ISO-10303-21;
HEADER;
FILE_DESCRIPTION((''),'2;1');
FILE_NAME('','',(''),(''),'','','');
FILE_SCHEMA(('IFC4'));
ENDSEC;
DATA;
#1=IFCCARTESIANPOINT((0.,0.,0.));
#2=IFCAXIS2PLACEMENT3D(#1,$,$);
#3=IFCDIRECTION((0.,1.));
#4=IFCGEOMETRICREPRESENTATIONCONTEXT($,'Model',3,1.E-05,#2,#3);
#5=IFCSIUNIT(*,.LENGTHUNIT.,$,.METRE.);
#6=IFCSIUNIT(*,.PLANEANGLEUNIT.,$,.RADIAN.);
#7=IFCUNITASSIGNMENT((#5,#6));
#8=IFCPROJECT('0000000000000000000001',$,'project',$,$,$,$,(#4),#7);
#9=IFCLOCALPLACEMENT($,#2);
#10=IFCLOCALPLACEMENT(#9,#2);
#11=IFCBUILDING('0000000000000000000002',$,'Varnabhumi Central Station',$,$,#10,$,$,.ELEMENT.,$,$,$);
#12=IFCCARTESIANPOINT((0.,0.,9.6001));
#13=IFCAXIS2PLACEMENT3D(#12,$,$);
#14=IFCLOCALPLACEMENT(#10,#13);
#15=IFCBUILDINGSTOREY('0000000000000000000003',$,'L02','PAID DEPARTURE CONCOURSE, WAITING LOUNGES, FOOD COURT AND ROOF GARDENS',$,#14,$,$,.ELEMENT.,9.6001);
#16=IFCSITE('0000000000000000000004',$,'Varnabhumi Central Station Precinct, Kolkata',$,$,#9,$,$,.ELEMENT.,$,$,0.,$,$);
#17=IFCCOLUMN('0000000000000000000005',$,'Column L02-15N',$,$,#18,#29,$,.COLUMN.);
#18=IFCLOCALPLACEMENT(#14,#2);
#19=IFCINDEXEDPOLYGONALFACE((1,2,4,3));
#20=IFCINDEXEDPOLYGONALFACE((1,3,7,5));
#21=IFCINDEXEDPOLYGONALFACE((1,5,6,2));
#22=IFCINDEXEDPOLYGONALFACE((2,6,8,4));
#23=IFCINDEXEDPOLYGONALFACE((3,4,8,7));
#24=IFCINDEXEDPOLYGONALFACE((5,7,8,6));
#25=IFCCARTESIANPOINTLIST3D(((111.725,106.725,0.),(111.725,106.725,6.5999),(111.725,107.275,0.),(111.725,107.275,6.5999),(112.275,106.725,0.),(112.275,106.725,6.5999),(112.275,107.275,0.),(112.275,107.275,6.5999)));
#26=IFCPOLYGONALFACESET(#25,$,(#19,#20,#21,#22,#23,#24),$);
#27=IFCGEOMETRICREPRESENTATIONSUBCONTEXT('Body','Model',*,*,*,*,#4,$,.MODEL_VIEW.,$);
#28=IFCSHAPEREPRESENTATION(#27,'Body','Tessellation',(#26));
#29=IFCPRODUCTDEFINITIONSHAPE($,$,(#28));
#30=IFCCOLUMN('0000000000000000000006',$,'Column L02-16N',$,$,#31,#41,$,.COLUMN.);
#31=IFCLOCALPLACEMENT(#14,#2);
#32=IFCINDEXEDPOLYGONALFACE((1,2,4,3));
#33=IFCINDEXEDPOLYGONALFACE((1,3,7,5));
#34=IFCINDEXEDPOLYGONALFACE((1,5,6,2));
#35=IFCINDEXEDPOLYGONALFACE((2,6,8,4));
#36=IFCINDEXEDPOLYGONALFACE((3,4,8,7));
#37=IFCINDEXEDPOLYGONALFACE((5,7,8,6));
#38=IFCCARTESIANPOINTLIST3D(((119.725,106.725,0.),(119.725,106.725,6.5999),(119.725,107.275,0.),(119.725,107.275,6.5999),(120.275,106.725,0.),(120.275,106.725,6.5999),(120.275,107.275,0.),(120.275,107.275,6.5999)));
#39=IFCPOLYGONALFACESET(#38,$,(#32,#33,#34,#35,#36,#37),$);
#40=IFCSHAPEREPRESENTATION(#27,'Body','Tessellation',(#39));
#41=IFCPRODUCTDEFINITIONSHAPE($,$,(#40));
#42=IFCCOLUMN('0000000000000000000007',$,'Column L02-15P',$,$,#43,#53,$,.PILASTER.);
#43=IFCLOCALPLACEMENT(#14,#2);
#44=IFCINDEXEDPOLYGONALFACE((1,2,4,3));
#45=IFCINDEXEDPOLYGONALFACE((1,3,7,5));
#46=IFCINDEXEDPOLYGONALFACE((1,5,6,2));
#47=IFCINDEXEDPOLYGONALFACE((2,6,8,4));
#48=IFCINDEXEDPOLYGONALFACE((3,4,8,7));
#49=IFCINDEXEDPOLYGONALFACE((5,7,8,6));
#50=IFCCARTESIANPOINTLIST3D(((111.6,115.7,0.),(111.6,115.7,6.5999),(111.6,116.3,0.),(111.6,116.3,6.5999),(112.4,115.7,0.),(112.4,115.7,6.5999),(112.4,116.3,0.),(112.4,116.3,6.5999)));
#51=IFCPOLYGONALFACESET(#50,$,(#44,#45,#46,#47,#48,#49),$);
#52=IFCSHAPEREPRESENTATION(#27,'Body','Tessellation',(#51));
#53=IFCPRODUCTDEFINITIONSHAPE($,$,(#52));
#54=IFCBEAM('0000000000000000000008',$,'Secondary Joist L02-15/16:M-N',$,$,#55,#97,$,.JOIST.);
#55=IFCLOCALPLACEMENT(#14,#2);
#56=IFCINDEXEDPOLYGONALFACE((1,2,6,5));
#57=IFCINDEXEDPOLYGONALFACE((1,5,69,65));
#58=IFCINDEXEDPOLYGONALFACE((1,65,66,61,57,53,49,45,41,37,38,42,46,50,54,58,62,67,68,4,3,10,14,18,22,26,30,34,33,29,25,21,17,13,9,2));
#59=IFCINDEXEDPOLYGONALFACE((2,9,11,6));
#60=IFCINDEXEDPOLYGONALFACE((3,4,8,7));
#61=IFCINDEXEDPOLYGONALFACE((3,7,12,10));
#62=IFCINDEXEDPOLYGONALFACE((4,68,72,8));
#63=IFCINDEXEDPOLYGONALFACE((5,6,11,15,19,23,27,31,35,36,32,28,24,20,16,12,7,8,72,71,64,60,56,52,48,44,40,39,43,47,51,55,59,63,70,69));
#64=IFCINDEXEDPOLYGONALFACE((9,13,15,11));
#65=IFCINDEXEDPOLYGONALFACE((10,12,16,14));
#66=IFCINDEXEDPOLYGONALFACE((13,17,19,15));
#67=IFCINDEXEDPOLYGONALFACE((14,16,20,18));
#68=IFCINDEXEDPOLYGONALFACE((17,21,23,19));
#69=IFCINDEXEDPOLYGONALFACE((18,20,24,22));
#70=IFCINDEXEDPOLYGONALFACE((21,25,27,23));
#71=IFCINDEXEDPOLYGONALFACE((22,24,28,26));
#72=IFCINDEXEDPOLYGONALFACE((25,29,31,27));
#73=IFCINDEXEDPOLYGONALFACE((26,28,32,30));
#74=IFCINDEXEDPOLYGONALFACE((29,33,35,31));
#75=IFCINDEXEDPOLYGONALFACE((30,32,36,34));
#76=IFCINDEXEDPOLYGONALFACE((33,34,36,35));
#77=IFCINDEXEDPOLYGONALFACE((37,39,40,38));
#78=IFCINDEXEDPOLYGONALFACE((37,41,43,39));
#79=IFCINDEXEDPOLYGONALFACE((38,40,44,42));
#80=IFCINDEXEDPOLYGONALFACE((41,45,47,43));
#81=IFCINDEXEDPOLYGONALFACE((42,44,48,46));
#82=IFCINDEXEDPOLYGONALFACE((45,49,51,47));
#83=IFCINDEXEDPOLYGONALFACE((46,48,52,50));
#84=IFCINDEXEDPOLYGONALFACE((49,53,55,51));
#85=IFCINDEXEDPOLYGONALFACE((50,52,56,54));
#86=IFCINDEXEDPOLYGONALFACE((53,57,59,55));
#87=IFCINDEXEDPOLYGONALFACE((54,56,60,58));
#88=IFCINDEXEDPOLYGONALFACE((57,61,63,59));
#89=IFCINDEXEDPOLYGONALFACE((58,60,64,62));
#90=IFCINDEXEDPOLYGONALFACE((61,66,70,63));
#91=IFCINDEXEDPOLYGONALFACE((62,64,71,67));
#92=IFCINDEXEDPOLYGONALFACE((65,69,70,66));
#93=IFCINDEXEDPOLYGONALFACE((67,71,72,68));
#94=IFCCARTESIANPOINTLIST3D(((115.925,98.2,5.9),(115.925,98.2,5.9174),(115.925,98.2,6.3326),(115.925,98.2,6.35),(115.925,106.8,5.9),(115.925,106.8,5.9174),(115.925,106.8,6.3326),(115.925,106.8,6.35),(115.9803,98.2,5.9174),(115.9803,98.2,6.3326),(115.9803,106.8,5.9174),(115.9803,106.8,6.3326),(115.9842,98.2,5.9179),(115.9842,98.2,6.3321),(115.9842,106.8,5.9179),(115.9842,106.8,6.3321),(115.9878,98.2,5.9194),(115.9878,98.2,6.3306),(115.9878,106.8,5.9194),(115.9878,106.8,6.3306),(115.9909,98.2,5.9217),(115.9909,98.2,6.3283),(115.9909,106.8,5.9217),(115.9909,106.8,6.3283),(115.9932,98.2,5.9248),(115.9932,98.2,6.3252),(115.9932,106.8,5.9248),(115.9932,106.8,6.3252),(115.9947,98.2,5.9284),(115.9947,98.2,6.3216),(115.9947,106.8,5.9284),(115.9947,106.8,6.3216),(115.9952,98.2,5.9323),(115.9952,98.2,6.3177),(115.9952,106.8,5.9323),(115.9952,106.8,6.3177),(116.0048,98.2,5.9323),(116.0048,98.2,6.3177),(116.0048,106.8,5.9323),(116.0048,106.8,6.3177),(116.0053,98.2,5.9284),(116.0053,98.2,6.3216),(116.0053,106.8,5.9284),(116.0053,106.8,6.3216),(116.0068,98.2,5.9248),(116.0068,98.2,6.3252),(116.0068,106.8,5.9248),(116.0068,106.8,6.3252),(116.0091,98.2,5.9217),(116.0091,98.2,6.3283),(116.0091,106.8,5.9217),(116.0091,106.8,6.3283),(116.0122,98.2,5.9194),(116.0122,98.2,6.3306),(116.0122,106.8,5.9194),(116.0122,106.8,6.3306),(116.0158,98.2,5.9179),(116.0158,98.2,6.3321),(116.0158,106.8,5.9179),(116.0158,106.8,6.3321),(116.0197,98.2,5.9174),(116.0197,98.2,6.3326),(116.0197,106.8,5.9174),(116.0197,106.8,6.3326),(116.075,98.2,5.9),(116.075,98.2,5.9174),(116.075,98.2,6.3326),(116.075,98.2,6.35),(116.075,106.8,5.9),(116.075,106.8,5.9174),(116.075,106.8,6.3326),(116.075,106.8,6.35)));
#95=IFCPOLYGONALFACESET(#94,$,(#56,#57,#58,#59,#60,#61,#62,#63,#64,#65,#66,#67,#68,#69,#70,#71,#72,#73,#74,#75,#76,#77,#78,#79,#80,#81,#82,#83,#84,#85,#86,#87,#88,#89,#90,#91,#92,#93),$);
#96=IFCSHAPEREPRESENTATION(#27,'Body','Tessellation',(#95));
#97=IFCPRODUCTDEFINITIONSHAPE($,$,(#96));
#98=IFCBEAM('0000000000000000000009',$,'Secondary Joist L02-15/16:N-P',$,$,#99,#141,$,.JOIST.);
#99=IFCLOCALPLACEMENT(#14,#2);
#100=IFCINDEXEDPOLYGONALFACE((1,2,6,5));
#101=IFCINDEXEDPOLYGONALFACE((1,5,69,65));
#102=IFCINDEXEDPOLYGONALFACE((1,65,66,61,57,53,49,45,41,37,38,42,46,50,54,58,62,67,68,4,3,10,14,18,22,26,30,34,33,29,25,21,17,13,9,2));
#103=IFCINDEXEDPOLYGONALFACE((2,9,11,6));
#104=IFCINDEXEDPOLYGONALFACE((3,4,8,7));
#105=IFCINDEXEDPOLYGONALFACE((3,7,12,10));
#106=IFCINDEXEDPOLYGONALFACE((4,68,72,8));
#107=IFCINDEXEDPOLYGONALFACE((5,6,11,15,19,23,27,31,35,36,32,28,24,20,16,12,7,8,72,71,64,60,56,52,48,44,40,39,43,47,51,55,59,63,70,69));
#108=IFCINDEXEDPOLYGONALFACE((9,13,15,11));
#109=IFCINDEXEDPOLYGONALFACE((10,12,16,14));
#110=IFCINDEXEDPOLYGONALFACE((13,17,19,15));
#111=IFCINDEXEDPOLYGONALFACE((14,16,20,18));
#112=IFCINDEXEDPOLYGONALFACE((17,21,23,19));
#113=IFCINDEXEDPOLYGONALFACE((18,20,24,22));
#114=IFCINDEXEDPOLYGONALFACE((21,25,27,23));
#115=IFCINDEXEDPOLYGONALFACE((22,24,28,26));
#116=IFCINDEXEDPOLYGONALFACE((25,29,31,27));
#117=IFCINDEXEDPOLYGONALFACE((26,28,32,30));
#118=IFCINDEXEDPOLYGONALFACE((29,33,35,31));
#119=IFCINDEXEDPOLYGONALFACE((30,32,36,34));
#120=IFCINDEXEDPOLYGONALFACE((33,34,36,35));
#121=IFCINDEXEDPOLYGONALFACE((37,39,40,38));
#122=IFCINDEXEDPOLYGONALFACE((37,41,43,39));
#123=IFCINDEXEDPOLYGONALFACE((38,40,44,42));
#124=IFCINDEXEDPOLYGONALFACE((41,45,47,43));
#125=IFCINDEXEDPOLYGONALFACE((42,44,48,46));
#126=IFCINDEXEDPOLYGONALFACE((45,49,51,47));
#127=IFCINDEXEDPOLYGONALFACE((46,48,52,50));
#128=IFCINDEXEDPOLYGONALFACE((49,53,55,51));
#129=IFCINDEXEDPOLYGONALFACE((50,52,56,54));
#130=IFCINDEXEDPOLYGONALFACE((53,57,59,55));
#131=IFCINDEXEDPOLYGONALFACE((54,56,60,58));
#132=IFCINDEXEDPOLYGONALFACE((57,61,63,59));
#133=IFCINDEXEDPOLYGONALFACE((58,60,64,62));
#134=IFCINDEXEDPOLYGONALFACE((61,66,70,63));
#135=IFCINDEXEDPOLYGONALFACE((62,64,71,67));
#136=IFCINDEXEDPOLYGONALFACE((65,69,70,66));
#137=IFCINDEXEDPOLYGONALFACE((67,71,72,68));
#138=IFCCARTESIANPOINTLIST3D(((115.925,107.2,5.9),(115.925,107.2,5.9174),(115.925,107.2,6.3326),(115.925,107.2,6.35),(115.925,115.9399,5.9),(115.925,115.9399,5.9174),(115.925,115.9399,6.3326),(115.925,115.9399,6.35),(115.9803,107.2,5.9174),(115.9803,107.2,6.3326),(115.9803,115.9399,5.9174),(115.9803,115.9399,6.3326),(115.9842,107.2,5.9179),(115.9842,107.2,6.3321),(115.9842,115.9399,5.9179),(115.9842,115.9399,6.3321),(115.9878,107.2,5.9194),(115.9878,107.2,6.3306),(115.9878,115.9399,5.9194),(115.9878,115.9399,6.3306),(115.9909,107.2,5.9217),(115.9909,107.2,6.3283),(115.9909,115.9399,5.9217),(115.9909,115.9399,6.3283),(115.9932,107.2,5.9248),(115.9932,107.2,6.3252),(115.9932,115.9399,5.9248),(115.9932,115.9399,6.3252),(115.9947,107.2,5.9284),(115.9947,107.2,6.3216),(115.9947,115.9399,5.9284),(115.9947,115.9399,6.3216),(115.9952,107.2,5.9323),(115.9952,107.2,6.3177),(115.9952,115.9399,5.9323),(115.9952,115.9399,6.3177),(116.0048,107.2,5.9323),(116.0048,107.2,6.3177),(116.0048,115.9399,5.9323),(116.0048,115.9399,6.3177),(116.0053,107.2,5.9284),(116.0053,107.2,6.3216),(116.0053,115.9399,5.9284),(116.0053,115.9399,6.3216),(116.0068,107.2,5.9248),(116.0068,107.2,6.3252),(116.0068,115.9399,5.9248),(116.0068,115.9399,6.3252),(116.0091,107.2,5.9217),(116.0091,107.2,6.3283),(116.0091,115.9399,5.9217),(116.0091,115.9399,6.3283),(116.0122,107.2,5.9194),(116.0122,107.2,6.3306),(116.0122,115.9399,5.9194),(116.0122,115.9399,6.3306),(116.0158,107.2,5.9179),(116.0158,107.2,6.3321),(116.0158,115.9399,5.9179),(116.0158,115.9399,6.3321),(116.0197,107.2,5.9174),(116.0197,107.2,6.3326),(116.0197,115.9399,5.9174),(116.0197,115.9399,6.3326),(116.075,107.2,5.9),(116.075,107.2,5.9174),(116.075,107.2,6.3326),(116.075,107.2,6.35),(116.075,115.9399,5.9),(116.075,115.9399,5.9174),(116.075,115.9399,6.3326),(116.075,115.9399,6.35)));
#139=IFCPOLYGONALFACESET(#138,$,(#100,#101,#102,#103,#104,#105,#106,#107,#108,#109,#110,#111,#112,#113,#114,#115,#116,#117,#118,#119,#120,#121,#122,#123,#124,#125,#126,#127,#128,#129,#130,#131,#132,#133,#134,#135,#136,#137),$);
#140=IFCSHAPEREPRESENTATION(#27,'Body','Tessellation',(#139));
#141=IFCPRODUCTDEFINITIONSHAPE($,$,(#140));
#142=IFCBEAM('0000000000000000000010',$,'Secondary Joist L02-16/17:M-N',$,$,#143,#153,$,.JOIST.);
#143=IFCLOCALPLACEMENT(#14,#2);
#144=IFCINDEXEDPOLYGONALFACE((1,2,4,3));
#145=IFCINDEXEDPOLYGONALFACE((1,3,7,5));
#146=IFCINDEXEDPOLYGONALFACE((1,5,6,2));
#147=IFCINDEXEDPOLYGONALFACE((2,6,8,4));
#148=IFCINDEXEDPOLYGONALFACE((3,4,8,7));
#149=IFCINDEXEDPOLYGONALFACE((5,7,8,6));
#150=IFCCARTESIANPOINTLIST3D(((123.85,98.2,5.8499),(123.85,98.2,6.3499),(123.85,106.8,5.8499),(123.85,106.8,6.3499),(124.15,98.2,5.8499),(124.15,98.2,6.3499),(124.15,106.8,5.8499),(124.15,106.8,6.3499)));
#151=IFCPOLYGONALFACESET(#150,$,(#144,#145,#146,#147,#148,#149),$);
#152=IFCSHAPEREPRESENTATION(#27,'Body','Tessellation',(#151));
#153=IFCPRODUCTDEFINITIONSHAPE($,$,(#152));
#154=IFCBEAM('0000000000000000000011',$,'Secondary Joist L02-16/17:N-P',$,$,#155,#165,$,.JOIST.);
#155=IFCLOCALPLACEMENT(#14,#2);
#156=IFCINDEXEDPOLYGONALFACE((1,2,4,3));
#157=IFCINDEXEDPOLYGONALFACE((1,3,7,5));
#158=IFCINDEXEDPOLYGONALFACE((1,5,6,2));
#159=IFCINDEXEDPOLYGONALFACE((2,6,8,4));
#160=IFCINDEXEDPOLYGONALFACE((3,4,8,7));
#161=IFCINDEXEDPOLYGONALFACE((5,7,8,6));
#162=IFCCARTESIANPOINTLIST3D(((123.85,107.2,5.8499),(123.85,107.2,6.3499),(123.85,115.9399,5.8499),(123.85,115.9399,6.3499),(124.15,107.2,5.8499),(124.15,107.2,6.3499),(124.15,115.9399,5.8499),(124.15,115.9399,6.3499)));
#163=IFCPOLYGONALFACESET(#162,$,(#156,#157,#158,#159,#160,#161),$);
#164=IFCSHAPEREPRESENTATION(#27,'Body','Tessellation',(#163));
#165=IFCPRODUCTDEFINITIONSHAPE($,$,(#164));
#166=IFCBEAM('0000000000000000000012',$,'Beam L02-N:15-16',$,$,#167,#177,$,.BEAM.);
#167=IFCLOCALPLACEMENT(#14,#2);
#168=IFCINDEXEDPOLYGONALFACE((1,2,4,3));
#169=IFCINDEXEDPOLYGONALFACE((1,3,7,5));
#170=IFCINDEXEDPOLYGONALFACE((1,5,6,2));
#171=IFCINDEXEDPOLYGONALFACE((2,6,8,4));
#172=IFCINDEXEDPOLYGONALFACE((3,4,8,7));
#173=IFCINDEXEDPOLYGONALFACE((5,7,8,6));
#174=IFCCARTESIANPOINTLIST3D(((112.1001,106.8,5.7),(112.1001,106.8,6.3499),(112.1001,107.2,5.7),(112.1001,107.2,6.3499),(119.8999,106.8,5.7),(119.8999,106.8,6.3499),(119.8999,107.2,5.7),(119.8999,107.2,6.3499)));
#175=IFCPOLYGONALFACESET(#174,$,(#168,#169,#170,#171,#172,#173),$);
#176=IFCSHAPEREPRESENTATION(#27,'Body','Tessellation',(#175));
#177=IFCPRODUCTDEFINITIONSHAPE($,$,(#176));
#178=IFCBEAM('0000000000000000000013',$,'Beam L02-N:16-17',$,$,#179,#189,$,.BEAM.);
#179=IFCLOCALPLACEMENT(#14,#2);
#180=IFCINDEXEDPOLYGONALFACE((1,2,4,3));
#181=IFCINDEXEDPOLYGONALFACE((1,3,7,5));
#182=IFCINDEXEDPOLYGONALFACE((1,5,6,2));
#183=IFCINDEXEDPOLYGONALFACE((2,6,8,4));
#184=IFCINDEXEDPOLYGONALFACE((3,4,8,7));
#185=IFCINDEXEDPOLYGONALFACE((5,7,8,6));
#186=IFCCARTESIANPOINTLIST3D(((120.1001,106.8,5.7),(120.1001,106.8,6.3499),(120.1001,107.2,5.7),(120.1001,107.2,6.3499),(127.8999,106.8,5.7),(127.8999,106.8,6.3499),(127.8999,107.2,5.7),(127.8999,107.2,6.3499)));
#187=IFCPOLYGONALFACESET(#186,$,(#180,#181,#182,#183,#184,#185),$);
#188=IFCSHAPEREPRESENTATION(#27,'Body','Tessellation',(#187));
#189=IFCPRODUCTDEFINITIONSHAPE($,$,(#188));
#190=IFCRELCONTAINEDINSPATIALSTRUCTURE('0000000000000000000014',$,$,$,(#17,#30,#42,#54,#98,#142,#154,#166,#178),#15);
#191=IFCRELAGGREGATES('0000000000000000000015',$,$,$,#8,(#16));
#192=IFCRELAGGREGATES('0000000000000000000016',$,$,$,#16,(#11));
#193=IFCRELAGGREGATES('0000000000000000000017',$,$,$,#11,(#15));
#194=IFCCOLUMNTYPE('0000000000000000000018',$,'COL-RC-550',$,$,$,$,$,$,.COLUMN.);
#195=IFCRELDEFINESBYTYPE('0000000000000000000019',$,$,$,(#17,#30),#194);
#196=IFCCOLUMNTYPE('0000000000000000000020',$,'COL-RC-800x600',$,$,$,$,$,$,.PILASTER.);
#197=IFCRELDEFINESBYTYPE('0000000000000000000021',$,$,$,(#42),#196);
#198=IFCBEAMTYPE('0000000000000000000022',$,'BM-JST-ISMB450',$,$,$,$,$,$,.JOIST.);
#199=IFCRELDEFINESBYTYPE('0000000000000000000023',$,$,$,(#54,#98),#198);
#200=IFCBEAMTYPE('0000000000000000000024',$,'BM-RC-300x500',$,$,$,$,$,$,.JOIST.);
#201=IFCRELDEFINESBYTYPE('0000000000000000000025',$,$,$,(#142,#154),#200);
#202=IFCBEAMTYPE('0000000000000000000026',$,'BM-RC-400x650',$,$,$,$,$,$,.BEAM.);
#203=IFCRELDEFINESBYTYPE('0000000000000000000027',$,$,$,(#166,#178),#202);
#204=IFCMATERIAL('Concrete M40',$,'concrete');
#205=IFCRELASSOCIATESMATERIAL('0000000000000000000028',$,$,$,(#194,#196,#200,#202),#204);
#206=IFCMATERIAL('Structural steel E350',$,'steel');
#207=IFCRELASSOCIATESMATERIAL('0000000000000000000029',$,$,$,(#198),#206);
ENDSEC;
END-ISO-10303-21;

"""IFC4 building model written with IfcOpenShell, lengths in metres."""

from ifc_helpers import new_model, si_unit, direction, frame, origin, origin_2d, place, context, subcontext, project, spatial, rectangle, i_section, extrude, material, material_profile, profile_set, type_object, element, save


model = new_model("IFC4")

# Units and contexts
model_context = context("Model", 3, precision=1e-05, world=origin(), true_north=direction((0.0, 1.0)))
body_context = subcontext(model_context, "Body", "Model", "MODEL_VIEW")
ifc_project = project(units=[si_unit("LENGTHUNIT", "METRE"), si_unit("PLANEANGLEUNIT", "RADIAN")], contexts=[model_context])

# Site, building, storey
site_placement = place(None, origin())
site = spatial("IfcSite", under=ifc_project, at=site_placement, Name="Varnabhumi Central Station Precinct, Kolkata", CompositionType="ELEMENT", RefElevation=0.0)
building_placement = place(site_placement, origin())
building = spatial("IfcBuilding", under=site, at=building_placement, Name="Varnabhumi Central Station", CompositionType="ELEMENT")
storey_placement = place(building_placement, frame((0.0, 0.0, 9.6001)))
storey = spatial("IfcBuildingStorey", under=building, at=storey_placement, Name="L02", Description="PAID DEPARTURE CONCOURSE, WAITING LOUNGES, FOOD COURT AND ROOF GARDENS", CompositionType="ELEMENT", Elevation=9.6001)

# Columns
ifc_material_1 = material(Name="Concrete M40", Category="concrete")
ifc_material_profile_1 = material_profile(ifc_material_1, rectangle(XDim=0.55, YDim=0.55, at=origin_2d()), Name="Concrete M40", Category="concrete")
ifc_profile_set_1 = profile_set([ifc_material_profile_1], Name="Concrete M40")
column_type_1 = type_object("IfcColumnType", Name="COL-RC-550", PredefinedType="COLUMN", material=ifc_profile_set_1)
for number, where, z_axis, x_axis, name in (
    (1, (112.0, 107.0, 0.0), (0.0, 0.0, 1.0), (1.0, 0.0, 0.0), "Column L02-15N"),
    (2, (120.0, 107.0, 0.0), (0.0, 0.0, 1.0), (1.0, 0.0, 0.0), "Column L02-16N"),
):
    element("IfcColumn", number, at=place(storey_placement, frame(where, z_axis=z_axis, x_axis=x_axis)), inside=storey, type_object=column_type_1, Name=name, PredefinedType="COLUMN", context=body_context, shape_type="SweptSolid", body=[
        extrude(rectangle(XDim=0.55, YDim=0.55, at=origin_2d()), origin(), (0.0, 0.0, 1.0), 6.5999),
    ])
ifc_material_profile_2 = material_profile(ifc_material_1, rectangle(XDim=0.8, YDim=0.6001, at=origin_2d()), Name="Concrete M40", Category="concrete")
ifc_profile_set_2 = profile_set([ifc_material_profile_2], Name="Concrete M40")
column_type_2 = type_object("IfcColumnType", Name="COL-RC-800x600", PredefinedType="PILASTER", material=ifc_profile_set_2)
column_placement = place(storey_placement, frame((112.0, 116.0, 0.0), z_axis=(0.0, 0.0, 1.0), x_axis=(1.0, 0.0, 0.0)))
element("IfcColumn", 3, at=column_placement, inside=storey, type_object=column_type_2, Name="Column L02-15P", PredefinedType="PILASTER", context=body_context, shape_type="SweptSolid", body=[
    extrude(rectangle(XDim=0.8, YDim=0.6001, at=origin_2d()), origin(), (0.0, 0.0, 1.0), 6.5999),
])

# Beams
ifc_material_2 = material(Name="Structural steel E350", Category="steel")
ifc_material_profile_3 = material_profile(ifc_material_2, i_section(OverallWidth=0.1499, OverallDepth=0.45, WebThickness=0.0095, FlangeThickness=0.0173, FilletRadius=0.0149, at=origin_2d()), Name="Structural steel E350", Category="steel")
ifc_profile_set_3 = profile_set([ifc_material_profile_3], Name="Structural steel E350")
beam_type_1 = type_object("IfcBeamType", Name="BM-JST-ISMB450", PredefinedType="JOIST", material=ifc_profile_set_3)
beam_1_placement = place(storey_placement, frame((116.0, 98.2, 6.125), z_axis=(0.0, 1.0, 0.0), x_axis=(-1.0, 0.0, 0.0)))
element("IfcBeam", 4, at=beam_1_placement, inside=storey, type_object=beam_type_1, Name="Secondary Joist L02-15/16:M-N", PredefinedType="JOIST", context=body_context, shape_type="SweptSolid", body=[
    extrude(i_section(OverallWidth=0.1499, OverallDepth=0.45, WebThickness=0.0095, FlangeThickness=0.0173, FilletRadius=0.0149, at=origin_2d()), origin(), (0.0, 0.0, 1.0), 8.6001),
])
beam_2_placement = place(storey_placement, frame((116.0, 107.2, 6.125), z_axis=(0.0, 1.0, 0.0), x_axis=(-1.0, 0.0, 0.0)))
element("IfcBeam", 5, at=beam_2_placement, inside=storey, type_object=beam_type_1, Name="Secondary Joist L02-15/16:N-P", PredefinedType="JOIST", context=body_context, shape_type="SweptSolid", body=[
    extrude(i_section(OverallWidth=0.1499, OverallDepth=0.45, WebThickness=0.0095, FlangeThickness=0.0173, FilletRadius=0.0149, at=origin_2d()), origin(), (0.0, 0.0, 1.0), 8.74),
])
ifc_material_profile_4 = material_profile(ifc_material_1, rectangle(XDim=0.3, YDim=0.5, at=origin_2d()), Name="Concrete M40", Category="concrete")
ifc_profile_set_4 = profile_set([ifc_material_profile_4], Name="Concrete M40")
beam_type_2 = type_object("IfcBeamType", Name="BM-RC-300x500", PredefinedType="JOIST", material=ifc_profile_set_4)
beam_3_placement = place(storey_placement, frame((124.0, 98.2, 6.0999), z_axis=(0.0, 1.0, 0.0), x_axis=(-1.0, 0.0, 0.0)))
element("IfcBeam", 6, at=beam_3_placement, inside=storey, type_object=beam_type_2, Name="Secondary Joist L02-16/17:M-N", PredefinedType="JOIST", context=body_context, shape_type="SweptSolid", body=[
    extrude(rectangle(XDim=0.3, YDim=0.5, at=origin_2d()), origin(), (0.0, 0.0, 1.0), 8.6001),
])
beam_4_placement = place(storey_placement, frame((124.0, 107.2, 6.0999), z_axis=(0.0, 1.0, 0.0), x_axis=(-1.0, 0.0, 0.0)))
element("IfcBeam", 7, at=beam_4_placement, inside=storey, type_object=beam_type_2, Name="Secondary Joist L02-16/17:N-P", PredefinedType="JOIST", context=body_context, shape_type="SweptSolid", body=[
    extrude(rectangle(XDim=0.3, YDim=0.5, at=origin_2d()), origin(), (0.0, 0.0, 1.0), 8.74),
])
ifc_material_profile_5 = material_profile(ifc_material_1, rectangle(XDim=0.3999, YDim=0.6499, at=origin_2d()), Name="Concrete M40", Category="concrete")
ifc_profile_set_5 = profile_set([ifc_material_profile_5], Name="Concrete M40")
beam_type_3 = type_object("IfcBeamType", Name="BM-RC-400x650", PredefinedType="BEAM", material=ifc_profile_set_5)
for number, where, z_axis, x_axis, name in (
    (8, (112.1001, 107.0, 6.0249), (1.0, 0.0, 0.0), (0.0, 1.0, 0.0), "Beam L02-N:15-16"),
    (9, (120.1001, 107.0, 6.0249), (1.0, 0.0, 0.0), (0.0, 1.0, 0.0), "Beam L02-N:16-17"),
):
    element("IfcBeam", number, at=place(storey_placement, frame(where, z_axis=z_axis, x_axis=x_axis)), inside=storey, type_object=beam_type_3, Name=name, PredefinedType="BEAM", context=body_context, shape_type="SweptSolid", body=[
        extrude(rectangle(XDim=0.3999, YDim=0.6499, at=origin_2d()), origin(), (0.0, 0.0, 1.0), 7.7998),
    ])

save(model, "model.ifc")
